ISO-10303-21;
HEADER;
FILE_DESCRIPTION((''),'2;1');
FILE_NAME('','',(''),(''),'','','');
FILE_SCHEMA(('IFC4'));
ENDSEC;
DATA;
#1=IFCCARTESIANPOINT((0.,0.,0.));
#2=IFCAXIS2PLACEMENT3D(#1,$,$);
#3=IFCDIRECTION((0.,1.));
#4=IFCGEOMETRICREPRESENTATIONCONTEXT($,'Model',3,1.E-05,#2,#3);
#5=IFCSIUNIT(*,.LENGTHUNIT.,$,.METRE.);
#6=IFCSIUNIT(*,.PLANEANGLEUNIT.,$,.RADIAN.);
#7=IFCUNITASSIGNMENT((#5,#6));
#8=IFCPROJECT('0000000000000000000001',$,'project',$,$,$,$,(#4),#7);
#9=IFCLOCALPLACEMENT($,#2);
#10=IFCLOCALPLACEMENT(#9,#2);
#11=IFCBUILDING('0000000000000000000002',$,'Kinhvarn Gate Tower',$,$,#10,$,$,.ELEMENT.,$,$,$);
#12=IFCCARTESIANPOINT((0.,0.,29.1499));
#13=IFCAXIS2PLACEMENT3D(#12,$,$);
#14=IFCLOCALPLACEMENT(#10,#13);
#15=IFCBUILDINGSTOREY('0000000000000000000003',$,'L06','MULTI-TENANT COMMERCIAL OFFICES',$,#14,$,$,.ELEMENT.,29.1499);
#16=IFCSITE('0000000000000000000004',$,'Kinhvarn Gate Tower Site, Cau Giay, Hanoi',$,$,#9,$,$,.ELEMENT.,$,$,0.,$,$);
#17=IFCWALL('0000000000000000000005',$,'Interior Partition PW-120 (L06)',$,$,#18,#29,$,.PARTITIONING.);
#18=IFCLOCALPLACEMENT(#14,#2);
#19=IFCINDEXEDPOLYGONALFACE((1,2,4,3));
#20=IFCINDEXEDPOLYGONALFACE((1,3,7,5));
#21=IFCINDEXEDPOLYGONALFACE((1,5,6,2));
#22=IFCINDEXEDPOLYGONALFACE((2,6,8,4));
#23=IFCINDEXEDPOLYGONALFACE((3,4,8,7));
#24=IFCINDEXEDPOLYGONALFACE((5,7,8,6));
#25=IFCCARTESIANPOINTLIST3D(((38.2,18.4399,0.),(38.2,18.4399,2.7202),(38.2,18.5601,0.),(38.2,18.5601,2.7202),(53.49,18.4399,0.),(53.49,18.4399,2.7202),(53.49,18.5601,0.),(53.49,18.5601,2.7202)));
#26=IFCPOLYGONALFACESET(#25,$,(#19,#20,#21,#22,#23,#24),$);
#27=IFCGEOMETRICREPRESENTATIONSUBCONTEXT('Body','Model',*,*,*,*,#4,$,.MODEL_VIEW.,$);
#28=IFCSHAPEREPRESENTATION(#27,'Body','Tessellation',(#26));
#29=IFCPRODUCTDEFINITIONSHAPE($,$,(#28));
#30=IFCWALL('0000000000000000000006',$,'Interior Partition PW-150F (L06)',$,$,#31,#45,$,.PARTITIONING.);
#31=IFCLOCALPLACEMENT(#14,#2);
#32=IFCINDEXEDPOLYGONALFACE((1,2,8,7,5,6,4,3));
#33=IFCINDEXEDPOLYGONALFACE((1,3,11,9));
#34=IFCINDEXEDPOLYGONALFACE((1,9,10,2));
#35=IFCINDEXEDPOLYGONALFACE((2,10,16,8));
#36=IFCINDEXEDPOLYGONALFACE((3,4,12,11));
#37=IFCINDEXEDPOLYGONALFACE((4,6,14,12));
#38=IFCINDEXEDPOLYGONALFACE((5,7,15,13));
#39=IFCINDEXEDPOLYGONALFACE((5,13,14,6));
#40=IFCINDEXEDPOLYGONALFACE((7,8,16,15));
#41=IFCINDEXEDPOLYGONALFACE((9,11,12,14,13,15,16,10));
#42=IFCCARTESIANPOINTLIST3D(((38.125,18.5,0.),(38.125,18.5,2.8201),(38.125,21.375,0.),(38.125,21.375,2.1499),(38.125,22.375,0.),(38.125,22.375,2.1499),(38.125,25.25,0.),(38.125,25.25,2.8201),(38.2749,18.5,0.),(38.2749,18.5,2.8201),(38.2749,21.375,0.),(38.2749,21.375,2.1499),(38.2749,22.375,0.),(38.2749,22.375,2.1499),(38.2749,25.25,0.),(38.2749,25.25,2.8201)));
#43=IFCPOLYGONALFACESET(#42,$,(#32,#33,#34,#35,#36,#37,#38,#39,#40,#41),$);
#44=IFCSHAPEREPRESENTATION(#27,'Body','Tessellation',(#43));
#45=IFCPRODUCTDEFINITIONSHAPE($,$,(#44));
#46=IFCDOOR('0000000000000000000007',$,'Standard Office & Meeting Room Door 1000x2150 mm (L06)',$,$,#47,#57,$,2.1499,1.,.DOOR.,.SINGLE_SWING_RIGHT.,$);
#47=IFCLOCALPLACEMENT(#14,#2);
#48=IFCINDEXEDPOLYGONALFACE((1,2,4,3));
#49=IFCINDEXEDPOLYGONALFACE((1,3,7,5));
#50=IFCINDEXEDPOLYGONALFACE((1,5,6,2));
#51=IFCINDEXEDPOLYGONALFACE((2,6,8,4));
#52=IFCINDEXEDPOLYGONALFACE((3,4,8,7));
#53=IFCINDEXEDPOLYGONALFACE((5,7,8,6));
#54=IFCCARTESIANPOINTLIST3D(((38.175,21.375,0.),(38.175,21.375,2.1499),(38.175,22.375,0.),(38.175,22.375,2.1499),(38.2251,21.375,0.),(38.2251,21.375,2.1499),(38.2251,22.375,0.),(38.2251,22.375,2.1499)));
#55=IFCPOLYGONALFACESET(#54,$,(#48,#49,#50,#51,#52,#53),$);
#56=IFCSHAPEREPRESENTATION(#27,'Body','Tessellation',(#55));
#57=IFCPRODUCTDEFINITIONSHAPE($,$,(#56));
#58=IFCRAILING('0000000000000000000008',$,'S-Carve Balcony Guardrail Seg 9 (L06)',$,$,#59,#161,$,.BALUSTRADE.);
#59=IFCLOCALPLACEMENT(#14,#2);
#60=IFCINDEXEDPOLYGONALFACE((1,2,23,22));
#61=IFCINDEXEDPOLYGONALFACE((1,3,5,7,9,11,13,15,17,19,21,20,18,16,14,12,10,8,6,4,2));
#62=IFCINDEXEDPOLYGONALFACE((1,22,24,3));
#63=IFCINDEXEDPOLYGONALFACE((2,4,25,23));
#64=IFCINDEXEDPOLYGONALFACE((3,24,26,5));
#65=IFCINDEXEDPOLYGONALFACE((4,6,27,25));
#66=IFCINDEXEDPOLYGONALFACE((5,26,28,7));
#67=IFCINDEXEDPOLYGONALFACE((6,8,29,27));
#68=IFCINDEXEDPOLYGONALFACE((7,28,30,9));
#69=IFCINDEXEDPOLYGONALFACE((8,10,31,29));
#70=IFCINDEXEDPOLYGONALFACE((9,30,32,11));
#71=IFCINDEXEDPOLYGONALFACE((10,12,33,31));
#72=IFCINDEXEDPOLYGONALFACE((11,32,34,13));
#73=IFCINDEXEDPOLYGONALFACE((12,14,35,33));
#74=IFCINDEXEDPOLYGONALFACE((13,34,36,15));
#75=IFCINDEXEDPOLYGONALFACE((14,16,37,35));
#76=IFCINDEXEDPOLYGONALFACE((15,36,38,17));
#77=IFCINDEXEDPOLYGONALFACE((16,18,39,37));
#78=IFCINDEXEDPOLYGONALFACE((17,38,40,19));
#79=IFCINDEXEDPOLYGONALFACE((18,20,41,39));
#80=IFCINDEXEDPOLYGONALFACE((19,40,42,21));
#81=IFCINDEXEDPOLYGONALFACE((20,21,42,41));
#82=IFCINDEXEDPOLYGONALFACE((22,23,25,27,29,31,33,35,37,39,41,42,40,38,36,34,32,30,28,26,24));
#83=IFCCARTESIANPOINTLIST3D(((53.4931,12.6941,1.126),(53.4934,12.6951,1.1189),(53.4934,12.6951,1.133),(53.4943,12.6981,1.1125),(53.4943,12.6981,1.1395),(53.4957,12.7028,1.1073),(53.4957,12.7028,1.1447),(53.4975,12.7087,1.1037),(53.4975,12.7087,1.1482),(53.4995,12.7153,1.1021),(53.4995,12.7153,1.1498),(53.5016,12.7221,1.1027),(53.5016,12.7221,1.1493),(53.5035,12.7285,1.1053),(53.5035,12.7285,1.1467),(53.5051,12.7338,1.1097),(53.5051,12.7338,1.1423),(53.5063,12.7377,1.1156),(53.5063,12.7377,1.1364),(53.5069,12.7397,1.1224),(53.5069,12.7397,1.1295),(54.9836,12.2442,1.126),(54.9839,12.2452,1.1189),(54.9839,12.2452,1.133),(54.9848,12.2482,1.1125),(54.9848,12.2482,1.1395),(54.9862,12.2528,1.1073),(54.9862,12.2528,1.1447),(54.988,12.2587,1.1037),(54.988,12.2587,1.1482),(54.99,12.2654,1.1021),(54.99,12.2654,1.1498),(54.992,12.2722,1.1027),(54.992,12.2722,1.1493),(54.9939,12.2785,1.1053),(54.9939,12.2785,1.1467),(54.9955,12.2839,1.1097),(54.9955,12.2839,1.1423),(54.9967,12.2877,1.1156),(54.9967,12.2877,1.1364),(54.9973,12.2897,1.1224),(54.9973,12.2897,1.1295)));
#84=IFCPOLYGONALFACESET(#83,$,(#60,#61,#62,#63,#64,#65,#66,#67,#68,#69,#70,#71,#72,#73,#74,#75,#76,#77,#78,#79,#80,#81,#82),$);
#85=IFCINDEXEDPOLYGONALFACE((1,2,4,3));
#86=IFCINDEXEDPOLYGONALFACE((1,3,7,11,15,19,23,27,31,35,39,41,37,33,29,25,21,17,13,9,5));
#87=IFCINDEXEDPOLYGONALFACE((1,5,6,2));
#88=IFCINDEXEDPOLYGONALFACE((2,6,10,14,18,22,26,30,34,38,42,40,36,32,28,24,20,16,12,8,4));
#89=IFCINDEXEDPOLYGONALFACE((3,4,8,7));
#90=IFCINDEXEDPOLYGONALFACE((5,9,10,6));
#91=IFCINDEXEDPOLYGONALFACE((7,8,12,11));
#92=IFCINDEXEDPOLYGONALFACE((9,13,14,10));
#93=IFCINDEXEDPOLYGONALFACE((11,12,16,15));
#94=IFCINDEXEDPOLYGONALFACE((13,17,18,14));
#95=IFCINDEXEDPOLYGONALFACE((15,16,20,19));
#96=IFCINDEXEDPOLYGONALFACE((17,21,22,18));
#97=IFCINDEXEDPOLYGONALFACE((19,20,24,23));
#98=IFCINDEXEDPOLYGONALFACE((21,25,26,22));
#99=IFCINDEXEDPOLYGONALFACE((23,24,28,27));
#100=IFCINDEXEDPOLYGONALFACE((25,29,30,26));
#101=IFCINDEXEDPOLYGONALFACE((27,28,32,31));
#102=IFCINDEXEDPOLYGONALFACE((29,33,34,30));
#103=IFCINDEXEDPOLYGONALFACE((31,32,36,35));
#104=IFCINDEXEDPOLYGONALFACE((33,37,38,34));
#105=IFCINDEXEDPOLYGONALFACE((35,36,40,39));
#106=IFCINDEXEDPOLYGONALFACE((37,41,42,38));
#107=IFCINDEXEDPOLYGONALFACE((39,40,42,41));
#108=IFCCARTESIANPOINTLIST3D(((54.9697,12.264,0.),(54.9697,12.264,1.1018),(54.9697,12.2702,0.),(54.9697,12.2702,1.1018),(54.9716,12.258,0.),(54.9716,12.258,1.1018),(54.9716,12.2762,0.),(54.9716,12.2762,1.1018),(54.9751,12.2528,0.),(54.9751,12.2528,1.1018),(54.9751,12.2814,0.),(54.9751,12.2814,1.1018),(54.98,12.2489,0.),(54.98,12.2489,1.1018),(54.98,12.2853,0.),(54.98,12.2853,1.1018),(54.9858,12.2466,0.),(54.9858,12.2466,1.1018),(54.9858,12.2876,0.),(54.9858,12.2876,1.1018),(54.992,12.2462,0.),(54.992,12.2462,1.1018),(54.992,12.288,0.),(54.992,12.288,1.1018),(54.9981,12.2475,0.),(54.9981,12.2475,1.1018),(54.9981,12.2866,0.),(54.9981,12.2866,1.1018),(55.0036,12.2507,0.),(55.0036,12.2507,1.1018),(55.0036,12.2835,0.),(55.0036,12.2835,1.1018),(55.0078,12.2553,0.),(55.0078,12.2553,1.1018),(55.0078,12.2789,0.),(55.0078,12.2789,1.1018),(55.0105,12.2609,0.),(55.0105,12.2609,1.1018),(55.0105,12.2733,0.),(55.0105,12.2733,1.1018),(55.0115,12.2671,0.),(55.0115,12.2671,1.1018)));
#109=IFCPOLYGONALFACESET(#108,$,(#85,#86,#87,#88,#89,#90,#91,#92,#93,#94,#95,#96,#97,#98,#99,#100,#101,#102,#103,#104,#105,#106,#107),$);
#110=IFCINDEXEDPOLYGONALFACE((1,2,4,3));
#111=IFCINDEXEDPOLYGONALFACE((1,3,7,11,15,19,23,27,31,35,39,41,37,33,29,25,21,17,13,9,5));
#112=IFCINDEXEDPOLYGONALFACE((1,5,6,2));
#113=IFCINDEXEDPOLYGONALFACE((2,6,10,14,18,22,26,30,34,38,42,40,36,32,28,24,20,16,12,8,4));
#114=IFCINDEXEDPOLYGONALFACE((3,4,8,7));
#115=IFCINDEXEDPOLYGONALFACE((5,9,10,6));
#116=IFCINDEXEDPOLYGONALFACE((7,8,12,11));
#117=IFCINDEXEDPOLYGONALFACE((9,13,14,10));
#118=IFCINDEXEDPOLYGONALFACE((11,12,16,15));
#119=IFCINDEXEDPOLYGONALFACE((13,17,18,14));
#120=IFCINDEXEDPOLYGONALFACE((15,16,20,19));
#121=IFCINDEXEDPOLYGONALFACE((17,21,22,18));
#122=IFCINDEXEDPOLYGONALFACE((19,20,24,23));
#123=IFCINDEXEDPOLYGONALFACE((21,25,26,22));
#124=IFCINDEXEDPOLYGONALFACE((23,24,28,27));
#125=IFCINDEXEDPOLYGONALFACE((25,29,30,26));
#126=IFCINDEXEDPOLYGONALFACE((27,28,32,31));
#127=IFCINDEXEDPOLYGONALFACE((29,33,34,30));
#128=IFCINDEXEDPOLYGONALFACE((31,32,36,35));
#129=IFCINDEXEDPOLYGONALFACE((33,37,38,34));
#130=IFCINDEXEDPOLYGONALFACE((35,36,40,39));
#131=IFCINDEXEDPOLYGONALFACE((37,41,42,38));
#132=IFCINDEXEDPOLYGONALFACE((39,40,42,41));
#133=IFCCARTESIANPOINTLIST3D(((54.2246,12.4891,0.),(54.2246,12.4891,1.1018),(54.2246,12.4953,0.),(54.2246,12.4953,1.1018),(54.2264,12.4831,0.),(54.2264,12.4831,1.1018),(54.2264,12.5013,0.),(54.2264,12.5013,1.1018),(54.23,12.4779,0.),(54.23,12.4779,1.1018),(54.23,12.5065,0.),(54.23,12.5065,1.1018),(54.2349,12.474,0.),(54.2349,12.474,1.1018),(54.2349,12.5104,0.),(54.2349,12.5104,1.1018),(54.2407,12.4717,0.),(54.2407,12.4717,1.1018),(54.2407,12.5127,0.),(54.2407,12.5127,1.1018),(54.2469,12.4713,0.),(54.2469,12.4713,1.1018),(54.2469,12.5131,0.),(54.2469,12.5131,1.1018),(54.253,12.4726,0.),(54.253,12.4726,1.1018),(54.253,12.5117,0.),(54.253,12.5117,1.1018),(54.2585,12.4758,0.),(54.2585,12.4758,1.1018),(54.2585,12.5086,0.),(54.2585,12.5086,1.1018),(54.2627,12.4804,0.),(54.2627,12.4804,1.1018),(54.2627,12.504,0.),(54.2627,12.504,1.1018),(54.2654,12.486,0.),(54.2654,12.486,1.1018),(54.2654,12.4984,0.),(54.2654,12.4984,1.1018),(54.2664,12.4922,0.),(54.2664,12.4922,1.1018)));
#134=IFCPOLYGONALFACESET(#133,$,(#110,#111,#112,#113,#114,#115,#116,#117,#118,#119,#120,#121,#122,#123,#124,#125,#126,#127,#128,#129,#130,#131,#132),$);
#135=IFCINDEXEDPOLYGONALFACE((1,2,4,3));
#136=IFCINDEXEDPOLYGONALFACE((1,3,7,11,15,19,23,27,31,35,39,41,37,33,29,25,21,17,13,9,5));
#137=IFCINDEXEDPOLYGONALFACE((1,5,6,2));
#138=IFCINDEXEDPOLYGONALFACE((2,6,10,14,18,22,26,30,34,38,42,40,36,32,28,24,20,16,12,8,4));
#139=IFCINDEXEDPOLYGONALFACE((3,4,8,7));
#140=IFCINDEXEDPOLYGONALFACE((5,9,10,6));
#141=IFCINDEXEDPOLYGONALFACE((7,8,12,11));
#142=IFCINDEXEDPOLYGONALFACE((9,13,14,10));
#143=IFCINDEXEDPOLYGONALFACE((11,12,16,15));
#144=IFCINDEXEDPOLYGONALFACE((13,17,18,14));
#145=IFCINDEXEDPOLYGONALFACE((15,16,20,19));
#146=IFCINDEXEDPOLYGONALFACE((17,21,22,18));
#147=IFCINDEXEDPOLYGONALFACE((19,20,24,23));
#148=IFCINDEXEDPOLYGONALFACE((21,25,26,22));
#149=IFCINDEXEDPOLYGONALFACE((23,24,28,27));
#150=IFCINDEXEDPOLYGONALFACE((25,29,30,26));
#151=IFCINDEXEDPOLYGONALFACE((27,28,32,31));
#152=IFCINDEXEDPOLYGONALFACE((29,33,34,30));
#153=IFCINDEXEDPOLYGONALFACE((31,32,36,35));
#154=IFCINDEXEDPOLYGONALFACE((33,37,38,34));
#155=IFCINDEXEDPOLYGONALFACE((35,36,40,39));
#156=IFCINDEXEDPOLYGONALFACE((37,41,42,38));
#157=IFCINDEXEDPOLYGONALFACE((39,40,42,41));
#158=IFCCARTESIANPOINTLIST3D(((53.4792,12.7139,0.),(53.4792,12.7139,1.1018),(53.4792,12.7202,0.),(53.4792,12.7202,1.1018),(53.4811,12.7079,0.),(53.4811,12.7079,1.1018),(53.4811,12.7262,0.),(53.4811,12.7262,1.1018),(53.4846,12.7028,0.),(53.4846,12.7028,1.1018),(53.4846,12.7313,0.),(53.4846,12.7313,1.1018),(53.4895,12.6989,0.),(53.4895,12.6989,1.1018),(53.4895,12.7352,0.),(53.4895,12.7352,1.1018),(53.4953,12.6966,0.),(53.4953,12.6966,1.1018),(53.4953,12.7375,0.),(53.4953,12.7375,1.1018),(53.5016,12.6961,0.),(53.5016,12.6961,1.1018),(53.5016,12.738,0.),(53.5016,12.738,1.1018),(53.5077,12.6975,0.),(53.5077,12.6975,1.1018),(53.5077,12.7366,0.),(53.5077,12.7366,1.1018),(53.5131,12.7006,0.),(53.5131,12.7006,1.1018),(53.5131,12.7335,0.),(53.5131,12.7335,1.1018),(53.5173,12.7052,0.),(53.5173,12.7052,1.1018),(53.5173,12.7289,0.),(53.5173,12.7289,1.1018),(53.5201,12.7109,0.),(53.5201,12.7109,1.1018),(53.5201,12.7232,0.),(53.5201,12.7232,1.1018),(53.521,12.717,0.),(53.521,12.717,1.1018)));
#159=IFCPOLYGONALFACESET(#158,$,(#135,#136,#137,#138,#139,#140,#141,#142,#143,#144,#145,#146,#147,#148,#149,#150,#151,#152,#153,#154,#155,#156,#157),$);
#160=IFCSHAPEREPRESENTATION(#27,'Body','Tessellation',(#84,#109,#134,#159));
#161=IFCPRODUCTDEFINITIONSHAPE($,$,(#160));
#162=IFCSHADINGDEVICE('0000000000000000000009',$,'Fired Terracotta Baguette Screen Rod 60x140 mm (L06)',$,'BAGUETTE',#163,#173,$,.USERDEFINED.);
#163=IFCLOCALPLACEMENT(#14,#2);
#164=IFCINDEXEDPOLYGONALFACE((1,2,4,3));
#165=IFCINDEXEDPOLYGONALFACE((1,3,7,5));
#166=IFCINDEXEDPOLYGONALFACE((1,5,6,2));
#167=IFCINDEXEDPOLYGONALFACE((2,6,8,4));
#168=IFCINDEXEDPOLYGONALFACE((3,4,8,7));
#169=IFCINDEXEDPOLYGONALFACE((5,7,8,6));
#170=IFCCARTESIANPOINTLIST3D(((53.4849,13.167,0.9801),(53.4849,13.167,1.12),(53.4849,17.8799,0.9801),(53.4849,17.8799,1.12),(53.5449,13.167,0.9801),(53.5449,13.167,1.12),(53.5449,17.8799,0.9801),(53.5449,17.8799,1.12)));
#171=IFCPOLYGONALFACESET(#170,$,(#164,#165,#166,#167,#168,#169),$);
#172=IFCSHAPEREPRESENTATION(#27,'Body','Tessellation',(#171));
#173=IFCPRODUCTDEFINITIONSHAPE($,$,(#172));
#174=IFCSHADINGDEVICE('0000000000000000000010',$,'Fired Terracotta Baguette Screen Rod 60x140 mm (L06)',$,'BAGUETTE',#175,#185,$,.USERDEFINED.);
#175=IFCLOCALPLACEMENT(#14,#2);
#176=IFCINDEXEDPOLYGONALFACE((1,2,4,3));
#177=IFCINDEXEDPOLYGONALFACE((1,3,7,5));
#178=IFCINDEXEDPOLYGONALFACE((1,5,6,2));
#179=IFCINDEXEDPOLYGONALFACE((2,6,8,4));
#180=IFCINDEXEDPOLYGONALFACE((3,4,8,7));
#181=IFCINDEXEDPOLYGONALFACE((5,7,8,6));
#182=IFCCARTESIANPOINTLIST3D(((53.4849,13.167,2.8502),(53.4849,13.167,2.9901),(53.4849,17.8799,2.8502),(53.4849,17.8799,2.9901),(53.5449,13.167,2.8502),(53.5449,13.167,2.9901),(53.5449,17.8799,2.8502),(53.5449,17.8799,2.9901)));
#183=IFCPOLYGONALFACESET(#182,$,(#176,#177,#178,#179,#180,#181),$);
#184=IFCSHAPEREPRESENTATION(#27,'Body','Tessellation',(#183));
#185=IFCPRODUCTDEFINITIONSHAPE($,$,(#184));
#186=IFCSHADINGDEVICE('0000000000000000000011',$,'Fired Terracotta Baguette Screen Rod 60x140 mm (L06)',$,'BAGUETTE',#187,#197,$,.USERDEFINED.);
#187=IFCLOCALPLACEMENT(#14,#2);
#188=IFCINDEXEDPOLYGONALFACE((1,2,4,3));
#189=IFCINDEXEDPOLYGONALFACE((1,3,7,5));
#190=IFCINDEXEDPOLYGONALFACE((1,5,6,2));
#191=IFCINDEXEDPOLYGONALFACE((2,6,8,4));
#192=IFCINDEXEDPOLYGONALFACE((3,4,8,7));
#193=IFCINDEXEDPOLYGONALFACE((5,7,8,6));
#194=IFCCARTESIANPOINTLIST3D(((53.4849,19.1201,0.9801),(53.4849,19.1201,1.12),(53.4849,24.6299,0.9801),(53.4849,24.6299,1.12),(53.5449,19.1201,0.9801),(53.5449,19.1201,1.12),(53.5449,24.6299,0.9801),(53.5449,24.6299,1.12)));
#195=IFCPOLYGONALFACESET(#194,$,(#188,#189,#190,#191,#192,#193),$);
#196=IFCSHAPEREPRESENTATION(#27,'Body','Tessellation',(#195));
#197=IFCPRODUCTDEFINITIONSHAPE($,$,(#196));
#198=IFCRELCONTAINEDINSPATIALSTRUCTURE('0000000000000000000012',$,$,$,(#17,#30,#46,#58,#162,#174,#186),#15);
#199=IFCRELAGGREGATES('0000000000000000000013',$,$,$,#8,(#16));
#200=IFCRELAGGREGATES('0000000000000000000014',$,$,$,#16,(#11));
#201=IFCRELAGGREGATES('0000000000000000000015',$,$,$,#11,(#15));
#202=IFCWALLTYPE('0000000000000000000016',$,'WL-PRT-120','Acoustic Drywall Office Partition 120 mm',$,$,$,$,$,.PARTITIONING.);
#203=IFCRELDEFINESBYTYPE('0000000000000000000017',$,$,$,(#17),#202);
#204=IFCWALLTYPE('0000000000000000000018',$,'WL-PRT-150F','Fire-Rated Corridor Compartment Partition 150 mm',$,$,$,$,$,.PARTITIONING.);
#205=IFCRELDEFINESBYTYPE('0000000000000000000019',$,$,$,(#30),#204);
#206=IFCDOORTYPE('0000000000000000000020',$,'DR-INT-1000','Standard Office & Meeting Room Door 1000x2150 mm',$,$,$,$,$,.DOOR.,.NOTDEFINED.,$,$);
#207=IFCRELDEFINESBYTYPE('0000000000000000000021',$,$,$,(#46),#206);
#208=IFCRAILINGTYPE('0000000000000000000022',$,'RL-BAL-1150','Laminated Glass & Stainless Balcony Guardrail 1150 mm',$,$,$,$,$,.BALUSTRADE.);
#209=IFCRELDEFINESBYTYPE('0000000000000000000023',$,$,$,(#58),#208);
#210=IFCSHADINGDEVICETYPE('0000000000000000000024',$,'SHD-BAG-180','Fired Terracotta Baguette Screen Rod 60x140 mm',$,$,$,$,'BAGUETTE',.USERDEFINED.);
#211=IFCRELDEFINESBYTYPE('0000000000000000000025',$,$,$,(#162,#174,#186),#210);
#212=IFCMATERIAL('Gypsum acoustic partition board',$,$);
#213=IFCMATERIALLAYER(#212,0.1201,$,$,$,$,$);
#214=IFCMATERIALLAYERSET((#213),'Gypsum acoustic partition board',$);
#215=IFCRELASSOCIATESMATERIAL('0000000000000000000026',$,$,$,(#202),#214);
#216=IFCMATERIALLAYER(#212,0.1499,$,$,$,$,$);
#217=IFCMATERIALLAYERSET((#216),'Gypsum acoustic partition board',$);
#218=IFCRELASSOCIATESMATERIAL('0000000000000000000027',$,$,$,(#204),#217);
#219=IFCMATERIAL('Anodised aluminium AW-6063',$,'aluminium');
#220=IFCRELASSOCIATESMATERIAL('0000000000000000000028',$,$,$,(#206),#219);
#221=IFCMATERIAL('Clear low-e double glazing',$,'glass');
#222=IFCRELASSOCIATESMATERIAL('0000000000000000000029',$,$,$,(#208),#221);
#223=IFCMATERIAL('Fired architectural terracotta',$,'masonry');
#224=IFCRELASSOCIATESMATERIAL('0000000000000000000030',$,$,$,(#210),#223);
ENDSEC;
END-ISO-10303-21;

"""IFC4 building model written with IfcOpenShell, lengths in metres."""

from ifc_helpers import new_model, si_unit, direction, frame, frame_2d, origin, origin_2d, place, context, subcontext, project, spatial, rectangle, circle, extrude, material, layer, layer_set, material_profile, profile_set, type_object, element, fill, save


model = new_model("IFC4")

# Units and contexts
model_context = context("Model", 3, precision=1e-05, world=origin(), true_north=direction((0.0, 1.0)))
body_context = subcontext(model_context, "Body", "Model", "MODEL_VIEW")
ifc_project = project(units=[si_unit("LENGTHUNIT", "METRE"), si_unit("PLANEANGLEUNIT", "RADIAN")], contexts=[model_context])

# Site, building, storey
site_placement = place(None, origin())
site = spatial("IfcSite", under=ifc_project, at=site_placement, Name="Kinhvarn Gate Tower Site, Cau Giay, Hanoi", CompositionType="ELEMENT", RefElevation=0.0)
building_placement = place(site_placement, origin())
building = spatial("IfcBuilding", under=site, at=building_placement, Name="Kinhvarn Gate Tower", CompositionType="ELEMENT")
storey_placement = place(building_placement, frame((0.0, 0.0, 29.1499)))
storey = spatial("IfcBuildingStorey", under=building, at=storey_placement, Name="L06", Description="MULTI-TENANT COMMERCIAL OFFICES", CompositionType="ELEMENT", Elevation=29.1499)

# Shared definitions
ifc_material_1 = material(Name="Anodised aluminium AW-6063", Category="aluminium")

# Shared definitions
ifc_material_2 = material(Name="Clear low-e double glazing", Category="glass")

# Wall
ifc_material_3 = material(Name="Gypsum acoustic partition board")
ifc_layer_1 = layer(ifc_material_3, 0.1201)
ifc_layer_set_1 = layer_set([ifc_layer_1], Name="Gypsum acoustic partition board")
wall_type_1 = type_object("IfcWallType", Name="WL-PRT-120", Description="Acoustic Drywall Office Partition 120 mm", PredefinedType="PARTITIONING", material=ifc_layer_set_1)
wall_1_placement = place(storey_placement, frame((38.2, 18.5, 0.0), z_axis=(0.0, 0.0, 1.0), x_axis=(1.0, 0.0, 0.0)))
element("IfcWall", 1, at=wall_1_placement, inside=storey, type_object=wall_type_1, Name="Interior Partition PW-120 (L06)", PredefinedType="PARTITIONING", context=body_context, shape_type="SweptSolid", body=[
    extrude(rectangle(XDim=15.29, YDim=0.1201, at=frame_2d((7.645, 0.0))), origin(), (0.0, 0.0, 1.0), 2.7202),
])

# Wall, opening, door
ifc_layer_2 = layer(ifc_material_3, 0.1499)
ifc_layer_set_2 = layer_set([ifc_layer_2], Name="Gypsum acoustic partition board")
wall_type_2 = type_object("IfcWallType", Name="WL-PRT-150F", Description="Fire-Rated Corridor Compartment Partition 150 mm", PredefinedType="PARTITIONING", material=ifc_layer_set_2)
wall_2_placement = place(storey_placement, frame((38.2, 18.5, 0.0), z_axis=(0.0, 0.0, 1.0), x_axis=(0.0, 1.0, 0.0)))
wall_2 = element("IfcWall", 2, at=wall_2_placement, inside=storey, type_object=wall_type_2, Name="Interior Partition PW-150F (L06)", PredefinedType="PARTITIONING", context=body_context, shape_type="SweptSolid", body=[
    extrude(rectangle(XDim=6.75, YDim=0.1499, at=frame_2d((3.375, 0.0))), origin(), (0.0, 0.0, 1.0), 2.8201),
])
opening_placement = place(wall_2_placement, frame((2.875, 0.0, 0.0)))
opening = element("IfcOpeningElement", 3, at=opening_placement, cuts=wall_2, PredefinedType="OPENING", context=body_context, shape_type="SweptSolid", body=[
    extrude(rectangle(XDim=1.0, YDim=2.1499, at=frame_2d((0.5, 1.075))), frame((0.0, 0.085, 0.0), z_axis=(0.0, -1.0, 0.0), x_axis=(1.0, 0.0, 0.0)), (0.0, 0.0, 1.0), 0.1699),
])
door_type = type_object("IfcDoorType", Name="DR-INT-1000", Description="Standard Office & Meeting Room Door 1000x2150 mm", OperationType="NOTDEFINED", PredefinedType="DOOR", material=ifc_material_1)
door_placement = place(opening_placement, origin())
door = element("IfcDoor", 4, at=door_placement, inside=storey, type_object=door_type, Name="Standard Office & Meeting Room Door 1000x2150 mm (L06)", OperationType="SINGLE_SWING_RIGHT", OverallHeight=2.1499, OverallWidth=1.0, PredefinedType="DOOR", context=body_context, shape_type="SweptSolid", body=[
    extrude(rectangle(XDim=1.0, YDim=2.1499, at=frame_2d((0.5, 1.075))), frame((0.0, 0.0249, 0.0), z_axis=(0.0, -1.0, 0.0), x_axis=(1.0, 0.0, 0.0)), (0.0, 0.0, 1.0), 0.05),
])
fill(opening, door)

# Railing
railing_type = type_object("IfcRailingType", Name="RL-BAL-1150", Description="Laminated Glass & Stainless Balcony Guardrail 1150 mm", PredefinedType="BALUSTRADE", material=ifc_material_2)
railing_placement = place(storey_placement, frame((54.9905, 12.2671, 0.0)))
element("IfcRailing", 5, at=railing_placement, inside=storey, type_object=railing_type, Name="S-Carve Balcony Guardrail Seg 9 (L06)", PredefinedType="BALUSTRADE", context=body_context, shape_type="SweptSolid", body=[
    extrude(circle(Radius=0.0239, at=origin_2d()), frame((0.0, 0.0, 1.126), z_axis=(-0.957329, 0.289002, 0.0), x_axis=(-0.289002, -0.957329, 0.0)), (0.0, 0.0, 1.0), 1.5569),
    extrude(circle(Radius=0.021, at=origin_2d()), origin(), (0.0, 0.0, 1.0), 1.1018),
    extrude(circle(Radius=0.021, at=origin_2d()), frame((-0.7451, 0.2251, 0.0)), (0.0, 0.0, 1.0), 1.1018),
    extrude(circle(Radius=0.021, at=origin_2d()), frame((-1.4905, 0.45, 0.0)), (0.0, 0.0, 1.0), 1.1018),
])

# Shading devices
ifc_material_4 = material(Name="Fired architectural terracotta", Category="masonry")
ifc_material_profile_1 = material_profile(ifc_material_4, rectangle(XDim=0.0601, YDim=0.1399, at=origin_2d()), Name="TC 60x140")
ifc_profile_set_1 = profile_set([ifc_material_profile_1], Name="Fired architectural terracotta")
shading_device_type = type_object("IfcShadingDeviceType", Name="SHD-BAG-180", Description="Fired Terracotta Baguette Screen Rod 60x140 mm", ElementType="BAGUETTE", PredefinedType="USERDEFINED", material=ifc_profile_set_1)
for number, where, z_axis, x_axis, name in (
    (6, (53.5149, 13.167, 1.05), (0.0, 1.0, 0.0), (-1.0, 0.0, 0.0), "Fired Terracotta Baguette Screen Rod 60x140 mm (L06)"),
    (7, (53.5149, 13.167, 2.9202), (0.0, 1.0, 0.0), (-1.0, 0.0, 0.0), "Fired Terracotta Baguette Screen Rod 60x140 mm (L06)"),
):
    element("IfcShadingDevice", number, at=place(storey_placement, frame(where, z_axis=z_axis, x_axis=x_axis)), inside=storey, type_object=shading_device_type, Name=name, ObjectType="BAGUETTE", PredefinedType="USERDEFINED", context=body_context, shape_type="SweptSolid", body=[
        extrude(rectangle(XDim=0.0601, YDim=0.1399, at=origin_2d()), origin(), (0.0, 0.0, 1.0), 4.7129),
    ])
for number, where, z_axis, x_axis, name in (
    (8, (53.5149, 19.1201, 1.05), (0.0, 1.0, 0.0), (-1.0, 0.0, 0.0), "Fired Terracotta Baguette Screen Rod 60x140 mm (L06)"),
):
    element("IfcShadingDevice", number, at=place(storey_placement, frame(where, z_axis=z_axis, x_axis=x_axis)), inside=storey, type_object=shading_device_type, Name=name, ObjectType="BAGUETTE", PredefinedType="USERDEFINED", context=body_context, shape_type="SweptSolid", body=[
        extrude(rectangle(XDim=0.0601, YDim=0.1399, at=origin_2d()), origin(), (0.0, 0.0, 1.0), 5.5098),
    ])

save(model, "model.ifc")
